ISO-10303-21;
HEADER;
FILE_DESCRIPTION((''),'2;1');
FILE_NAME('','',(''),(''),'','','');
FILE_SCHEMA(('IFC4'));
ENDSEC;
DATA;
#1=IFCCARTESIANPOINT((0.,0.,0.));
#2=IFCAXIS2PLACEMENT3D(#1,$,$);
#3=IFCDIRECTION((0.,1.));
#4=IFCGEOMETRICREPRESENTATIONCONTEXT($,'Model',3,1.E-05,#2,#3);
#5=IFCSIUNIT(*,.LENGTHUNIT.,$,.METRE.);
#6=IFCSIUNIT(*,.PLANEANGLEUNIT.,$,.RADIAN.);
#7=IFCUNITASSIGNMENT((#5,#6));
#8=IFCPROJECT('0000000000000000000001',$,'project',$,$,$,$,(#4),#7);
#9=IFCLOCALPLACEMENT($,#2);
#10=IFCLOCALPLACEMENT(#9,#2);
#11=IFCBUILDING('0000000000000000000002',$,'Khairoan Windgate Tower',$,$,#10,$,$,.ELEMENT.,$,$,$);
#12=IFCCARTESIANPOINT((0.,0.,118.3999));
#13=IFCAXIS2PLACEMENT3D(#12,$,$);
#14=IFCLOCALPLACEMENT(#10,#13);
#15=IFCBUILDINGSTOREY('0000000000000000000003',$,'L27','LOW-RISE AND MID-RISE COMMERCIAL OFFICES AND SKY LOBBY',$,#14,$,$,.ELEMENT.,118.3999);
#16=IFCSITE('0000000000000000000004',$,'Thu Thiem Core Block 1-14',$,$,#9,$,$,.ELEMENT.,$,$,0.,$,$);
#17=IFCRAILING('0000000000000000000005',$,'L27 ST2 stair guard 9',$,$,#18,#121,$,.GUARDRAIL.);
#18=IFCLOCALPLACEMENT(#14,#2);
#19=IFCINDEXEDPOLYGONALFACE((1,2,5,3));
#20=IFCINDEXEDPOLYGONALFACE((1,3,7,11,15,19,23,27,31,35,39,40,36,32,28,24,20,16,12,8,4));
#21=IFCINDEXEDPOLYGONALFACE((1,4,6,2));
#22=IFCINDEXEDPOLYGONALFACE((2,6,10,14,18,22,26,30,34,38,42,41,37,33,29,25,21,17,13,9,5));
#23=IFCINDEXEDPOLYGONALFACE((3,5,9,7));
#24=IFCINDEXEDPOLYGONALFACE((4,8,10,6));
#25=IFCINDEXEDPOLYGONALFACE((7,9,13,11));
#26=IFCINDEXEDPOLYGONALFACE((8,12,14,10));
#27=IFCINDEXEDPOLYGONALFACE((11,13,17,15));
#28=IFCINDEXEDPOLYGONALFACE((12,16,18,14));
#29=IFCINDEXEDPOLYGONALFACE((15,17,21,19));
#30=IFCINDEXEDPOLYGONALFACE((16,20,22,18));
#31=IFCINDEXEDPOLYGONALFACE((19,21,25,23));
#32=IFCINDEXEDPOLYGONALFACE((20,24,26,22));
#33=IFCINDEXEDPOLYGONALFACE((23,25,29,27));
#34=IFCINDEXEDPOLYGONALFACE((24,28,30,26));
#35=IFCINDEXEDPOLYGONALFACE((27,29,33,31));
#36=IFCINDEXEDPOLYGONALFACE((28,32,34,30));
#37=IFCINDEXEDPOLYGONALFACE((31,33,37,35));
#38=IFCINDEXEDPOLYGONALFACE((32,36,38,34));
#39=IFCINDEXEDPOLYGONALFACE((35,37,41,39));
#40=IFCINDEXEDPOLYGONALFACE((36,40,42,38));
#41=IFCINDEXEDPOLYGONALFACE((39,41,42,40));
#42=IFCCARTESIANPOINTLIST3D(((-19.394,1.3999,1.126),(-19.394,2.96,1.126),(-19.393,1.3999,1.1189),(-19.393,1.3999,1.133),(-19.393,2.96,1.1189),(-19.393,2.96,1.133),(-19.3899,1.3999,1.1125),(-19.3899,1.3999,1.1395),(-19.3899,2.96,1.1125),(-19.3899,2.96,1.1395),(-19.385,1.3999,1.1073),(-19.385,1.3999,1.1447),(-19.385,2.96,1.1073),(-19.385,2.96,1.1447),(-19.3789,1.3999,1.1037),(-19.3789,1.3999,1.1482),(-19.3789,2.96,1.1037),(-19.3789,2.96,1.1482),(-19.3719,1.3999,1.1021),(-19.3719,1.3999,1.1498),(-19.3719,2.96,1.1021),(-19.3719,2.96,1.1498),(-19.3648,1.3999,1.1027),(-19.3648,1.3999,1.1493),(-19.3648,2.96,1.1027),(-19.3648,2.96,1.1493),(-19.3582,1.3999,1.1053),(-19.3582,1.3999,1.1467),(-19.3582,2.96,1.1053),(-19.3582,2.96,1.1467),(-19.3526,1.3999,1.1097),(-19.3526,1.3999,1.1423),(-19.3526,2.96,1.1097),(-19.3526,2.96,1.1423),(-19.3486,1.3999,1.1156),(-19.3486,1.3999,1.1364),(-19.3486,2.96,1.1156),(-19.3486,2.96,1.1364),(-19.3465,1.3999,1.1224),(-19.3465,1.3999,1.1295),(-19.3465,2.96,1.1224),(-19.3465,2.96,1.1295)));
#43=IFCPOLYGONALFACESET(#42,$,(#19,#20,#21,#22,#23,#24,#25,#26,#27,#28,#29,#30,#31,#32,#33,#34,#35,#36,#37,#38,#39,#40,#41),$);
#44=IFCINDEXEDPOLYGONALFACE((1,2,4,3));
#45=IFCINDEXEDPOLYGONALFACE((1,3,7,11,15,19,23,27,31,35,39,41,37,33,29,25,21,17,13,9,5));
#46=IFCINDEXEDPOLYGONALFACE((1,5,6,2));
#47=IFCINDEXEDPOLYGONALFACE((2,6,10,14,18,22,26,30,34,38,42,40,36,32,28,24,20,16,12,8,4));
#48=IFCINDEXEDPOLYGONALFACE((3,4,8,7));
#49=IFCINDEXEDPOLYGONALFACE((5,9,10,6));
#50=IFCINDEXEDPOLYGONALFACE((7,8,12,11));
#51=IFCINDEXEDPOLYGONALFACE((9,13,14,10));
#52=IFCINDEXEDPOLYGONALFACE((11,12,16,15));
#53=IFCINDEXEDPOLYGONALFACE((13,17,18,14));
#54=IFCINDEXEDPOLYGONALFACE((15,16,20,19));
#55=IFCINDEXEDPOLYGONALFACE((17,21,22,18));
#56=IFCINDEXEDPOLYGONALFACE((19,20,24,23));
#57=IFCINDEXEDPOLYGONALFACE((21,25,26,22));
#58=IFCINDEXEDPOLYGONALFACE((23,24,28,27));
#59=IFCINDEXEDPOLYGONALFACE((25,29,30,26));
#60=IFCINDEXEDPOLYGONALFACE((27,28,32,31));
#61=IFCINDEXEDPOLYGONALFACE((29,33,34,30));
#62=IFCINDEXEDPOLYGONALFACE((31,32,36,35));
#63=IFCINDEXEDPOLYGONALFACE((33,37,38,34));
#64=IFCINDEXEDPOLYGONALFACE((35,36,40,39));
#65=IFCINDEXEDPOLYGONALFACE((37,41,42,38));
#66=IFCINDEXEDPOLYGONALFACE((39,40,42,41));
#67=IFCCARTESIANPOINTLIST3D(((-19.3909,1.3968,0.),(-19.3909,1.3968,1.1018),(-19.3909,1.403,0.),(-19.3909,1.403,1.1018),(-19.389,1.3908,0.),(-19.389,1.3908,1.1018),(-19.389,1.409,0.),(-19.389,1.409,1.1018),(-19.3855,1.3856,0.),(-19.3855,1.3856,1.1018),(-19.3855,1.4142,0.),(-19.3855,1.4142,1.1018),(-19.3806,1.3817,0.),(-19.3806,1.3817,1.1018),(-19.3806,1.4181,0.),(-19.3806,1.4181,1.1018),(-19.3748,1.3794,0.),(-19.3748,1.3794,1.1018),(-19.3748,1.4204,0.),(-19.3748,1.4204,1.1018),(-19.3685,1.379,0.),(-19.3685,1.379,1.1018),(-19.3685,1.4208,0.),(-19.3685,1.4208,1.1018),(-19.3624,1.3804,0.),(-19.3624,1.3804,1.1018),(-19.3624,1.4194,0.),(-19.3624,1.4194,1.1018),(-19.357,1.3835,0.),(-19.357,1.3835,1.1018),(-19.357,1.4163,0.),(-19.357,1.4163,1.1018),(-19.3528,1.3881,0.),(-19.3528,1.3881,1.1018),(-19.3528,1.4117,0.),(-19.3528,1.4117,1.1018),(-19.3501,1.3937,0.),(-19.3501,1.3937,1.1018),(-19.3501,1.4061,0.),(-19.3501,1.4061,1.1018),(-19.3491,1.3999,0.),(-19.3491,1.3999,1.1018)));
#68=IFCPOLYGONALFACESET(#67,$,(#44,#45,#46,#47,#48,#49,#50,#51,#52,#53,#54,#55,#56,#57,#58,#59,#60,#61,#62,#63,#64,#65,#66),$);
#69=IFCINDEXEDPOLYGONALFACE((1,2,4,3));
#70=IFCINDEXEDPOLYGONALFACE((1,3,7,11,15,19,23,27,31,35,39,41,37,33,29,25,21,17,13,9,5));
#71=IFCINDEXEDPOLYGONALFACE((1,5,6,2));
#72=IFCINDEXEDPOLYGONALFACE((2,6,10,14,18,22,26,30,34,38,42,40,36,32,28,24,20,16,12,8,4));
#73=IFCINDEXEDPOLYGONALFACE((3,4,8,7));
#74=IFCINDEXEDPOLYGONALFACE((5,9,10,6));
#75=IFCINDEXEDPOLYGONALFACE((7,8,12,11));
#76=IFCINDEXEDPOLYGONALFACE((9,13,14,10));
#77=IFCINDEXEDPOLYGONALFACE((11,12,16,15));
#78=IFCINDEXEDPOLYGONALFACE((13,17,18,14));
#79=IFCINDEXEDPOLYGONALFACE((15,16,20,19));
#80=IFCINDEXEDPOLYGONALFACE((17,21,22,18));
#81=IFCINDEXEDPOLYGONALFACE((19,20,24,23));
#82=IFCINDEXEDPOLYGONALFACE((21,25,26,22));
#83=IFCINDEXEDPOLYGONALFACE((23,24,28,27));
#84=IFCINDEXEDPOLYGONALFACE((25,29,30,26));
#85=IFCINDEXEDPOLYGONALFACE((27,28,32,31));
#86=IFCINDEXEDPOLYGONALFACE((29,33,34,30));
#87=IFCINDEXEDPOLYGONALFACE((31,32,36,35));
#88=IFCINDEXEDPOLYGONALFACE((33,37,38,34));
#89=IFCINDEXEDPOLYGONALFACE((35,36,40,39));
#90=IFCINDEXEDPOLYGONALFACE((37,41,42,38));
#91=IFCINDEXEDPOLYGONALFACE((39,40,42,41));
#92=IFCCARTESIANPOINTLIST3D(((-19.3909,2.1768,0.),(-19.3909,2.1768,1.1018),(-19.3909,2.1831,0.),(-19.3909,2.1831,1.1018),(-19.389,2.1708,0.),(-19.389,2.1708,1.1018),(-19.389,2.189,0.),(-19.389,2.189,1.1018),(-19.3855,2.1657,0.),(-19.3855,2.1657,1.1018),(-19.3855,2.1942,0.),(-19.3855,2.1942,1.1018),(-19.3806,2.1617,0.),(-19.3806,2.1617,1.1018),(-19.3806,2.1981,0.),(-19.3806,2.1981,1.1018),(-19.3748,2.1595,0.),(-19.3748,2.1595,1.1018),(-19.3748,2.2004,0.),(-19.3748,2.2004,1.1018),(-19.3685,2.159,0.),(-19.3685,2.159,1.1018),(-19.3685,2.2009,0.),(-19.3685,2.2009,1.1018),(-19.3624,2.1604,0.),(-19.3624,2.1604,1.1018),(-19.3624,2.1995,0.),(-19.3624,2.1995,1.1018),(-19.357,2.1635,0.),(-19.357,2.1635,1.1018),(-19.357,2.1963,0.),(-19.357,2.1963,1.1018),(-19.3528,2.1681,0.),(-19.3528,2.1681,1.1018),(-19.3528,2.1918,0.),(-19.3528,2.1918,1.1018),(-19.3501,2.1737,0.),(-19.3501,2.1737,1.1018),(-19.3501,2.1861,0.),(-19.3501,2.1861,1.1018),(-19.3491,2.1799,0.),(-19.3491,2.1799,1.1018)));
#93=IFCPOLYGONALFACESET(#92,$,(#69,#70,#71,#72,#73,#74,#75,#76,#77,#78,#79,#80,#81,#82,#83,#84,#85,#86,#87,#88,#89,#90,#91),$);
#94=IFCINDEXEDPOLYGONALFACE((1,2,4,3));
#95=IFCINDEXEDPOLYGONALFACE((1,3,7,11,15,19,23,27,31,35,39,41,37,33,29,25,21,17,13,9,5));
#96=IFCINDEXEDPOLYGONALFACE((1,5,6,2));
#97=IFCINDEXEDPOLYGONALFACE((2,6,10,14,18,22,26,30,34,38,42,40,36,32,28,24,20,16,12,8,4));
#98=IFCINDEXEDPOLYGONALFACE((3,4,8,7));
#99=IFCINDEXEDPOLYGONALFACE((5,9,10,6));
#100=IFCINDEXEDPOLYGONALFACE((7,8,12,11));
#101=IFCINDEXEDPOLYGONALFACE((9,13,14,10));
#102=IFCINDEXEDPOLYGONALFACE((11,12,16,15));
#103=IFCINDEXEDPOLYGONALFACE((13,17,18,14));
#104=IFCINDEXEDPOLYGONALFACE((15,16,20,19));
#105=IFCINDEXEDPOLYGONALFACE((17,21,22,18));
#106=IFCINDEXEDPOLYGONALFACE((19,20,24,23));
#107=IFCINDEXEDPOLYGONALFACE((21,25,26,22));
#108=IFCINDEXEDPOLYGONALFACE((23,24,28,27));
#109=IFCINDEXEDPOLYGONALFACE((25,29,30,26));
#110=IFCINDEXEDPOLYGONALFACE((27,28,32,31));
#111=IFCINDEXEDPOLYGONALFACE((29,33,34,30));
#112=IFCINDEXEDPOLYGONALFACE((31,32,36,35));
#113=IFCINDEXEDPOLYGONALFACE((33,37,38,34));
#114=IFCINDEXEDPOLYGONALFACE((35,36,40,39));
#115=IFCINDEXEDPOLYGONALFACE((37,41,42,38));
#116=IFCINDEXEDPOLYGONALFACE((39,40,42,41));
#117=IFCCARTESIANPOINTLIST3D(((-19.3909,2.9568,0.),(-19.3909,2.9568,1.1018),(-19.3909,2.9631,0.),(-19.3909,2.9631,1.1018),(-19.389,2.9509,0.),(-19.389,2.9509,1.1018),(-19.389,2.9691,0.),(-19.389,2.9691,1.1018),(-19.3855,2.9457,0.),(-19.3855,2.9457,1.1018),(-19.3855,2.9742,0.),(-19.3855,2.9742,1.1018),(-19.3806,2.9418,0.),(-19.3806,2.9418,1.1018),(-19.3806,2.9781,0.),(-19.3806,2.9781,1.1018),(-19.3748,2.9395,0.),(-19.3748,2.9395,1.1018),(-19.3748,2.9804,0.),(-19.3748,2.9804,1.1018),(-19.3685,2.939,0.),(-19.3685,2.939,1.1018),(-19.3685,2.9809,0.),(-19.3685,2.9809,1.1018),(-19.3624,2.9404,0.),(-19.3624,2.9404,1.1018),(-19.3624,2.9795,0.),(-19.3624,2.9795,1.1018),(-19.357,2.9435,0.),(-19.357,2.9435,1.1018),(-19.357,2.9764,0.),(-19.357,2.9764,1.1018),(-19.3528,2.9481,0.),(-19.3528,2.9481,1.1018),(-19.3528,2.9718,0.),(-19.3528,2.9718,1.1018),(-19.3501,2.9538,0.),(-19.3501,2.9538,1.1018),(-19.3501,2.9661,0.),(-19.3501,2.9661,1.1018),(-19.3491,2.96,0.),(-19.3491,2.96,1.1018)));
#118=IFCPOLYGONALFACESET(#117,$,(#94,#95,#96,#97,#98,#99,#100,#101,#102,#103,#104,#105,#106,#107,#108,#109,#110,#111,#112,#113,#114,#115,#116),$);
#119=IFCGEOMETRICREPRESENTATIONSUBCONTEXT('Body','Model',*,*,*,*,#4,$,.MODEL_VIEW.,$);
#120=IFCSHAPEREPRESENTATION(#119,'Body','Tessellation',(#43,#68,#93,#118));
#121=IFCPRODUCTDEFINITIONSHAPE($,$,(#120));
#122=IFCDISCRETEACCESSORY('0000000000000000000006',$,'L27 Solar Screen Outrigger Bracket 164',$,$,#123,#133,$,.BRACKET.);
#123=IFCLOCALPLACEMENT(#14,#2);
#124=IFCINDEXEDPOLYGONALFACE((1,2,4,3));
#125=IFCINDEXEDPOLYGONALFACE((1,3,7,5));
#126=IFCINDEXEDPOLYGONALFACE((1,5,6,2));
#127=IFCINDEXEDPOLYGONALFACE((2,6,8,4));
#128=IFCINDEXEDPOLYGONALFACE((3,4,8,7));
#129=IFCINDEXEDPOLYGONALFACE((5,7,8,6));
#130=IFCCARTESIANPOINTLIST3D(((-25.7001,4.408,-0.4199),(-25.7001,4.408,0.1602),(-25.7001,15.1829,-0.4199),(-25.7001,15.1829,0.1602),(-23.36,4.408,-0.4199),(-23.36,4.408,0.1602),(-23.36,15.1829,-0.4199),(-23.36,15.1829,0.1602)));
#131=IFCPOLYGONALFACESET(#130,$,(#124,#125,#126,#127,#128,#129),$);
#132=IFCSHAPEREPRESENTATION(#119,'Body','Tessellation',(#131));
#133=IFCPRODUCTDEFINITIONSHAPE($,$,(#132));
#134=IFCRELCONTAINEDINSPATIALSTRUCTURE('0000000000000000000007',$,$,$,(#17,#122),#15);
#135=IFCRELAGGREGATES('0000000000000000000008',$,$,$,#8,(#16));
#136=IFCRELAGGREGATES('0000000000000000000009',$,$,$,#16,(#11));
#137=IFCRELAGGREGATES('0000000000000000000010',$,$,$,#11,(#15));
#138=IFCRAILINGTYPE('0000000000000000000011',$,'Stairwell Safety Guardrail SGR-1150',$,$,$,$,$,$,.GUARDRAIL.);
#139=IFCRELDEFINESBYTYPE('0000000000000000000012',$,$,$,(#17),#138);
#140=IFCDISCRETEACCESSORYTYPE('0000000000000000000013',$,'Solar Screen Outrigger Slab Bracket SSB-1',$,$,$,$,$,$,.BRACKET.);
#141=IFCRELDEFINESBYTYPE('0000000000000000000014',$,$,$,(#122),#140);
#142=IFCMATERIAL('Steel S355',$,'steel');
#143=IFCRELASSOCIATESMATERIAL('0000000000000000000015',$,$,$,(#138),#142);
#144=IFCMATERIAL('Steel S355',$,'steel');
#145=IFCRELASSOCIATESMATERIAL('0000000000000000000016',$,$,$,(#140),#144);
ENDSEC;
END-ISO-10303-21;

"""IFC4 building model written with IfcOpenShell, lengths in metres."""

from ifc_helpers import new_model, si_unit, direction, frame, origin, origin_2d, place, context, subcontext, project, spatial, rectangle, circle, extrude, material, type_object, element, save


model = new_model("IFC4")

# Units and contexts
model_context = context("Model", 3, precision=1e-05, world=origin(), true_north=direction((0.0, 1.0)))
body_context = subcontext(model_context, "Body", "Model", "MODEL_VIEW")
ifc_project = project(units=[si_unit("LENGTHUNIT", "METRE"), si_unit("PLANEANGLEUNIT", "RADIAN")], contexts=[model_context])

# Site, building, storey
site_placement = place(None, origin())
site = spatial("IfcSite", under=ifc_project, at=site_placement, Name="Thu Thiem Core Block 1-14", CompositionType="ELEMENT", RefElevation=0.0)
building_placement = place(site_placement, origin())
building = spatial("IfcBuilding", under=site, at=building_placement, Name="Khairoan Windgate Tower", CompositionType="ELEMENT")
storey_placement = place(building_placement, frame((0.0, 0.0, 118.3999)))
storey = spatial("IfcBuildingStorey", under=building, at=storey_placement, Name="L27", Description="LOW-RISE AND MID-RISE COMMERCIAL OFFICES AND SKY LOBBY", CompositionType="ELEMENT", Elevation=118.3999)

# Railing
ifc_material_1 = material(Name="Steel S355", Category="steel")
railing_type_1 = type_object("IfcRailingType", Name="Stairwell Safety Guardrail SGR-1150", PredefinedType="GUARDRAIL", material=ifc_material_1)
for number, where, name in (
    (1, (-19.3701, 1.3999, 0.0), "L27 ST2 stair guard 9"),
):
    element("IfcRailing", number, at=place(storey_placement, frame(where)), inside=storey, type_object=railing_type_1, Name=name, PredefinedType="GUARDRAIL", context=body_context, shape_type="SweptSolid", body=[
        extrude(circle(Radius=0.0239, at=origin_2d()), frame((0.0, 0.0, 1.126), z_axis=(0.0, 1.0, 0.0), x_axis=(-1.0, 0.0, 0.0)), (0.0, 0.0, 1.0), 1.5601),
        extrude(circle(Radius=0.021, at=origin_2d()), origin(), (0.0, 0.0, 1.0), 1.1018),
        extrude(circle(Radius=0.021, at=origin_2d()), frame((0.0, 0.78, 0.0)), (0.0, 0.0, 1.0), 1.1018),
        extrude(circle(Radius=0.021, at=origin_2d()), frame((0.0, 1.5601, 0.0)), (0.0, 0.0, 1.0), 1.1018),
    ])

# Discrete accessory
ifc_material_2 = material(Name="Steel S355", Category="steel")
discrete_accessory_type = type_object("IfcDiscreteAccessoryType", Name="Solar Screen Outrigger Slab Bracket SSB-1", PredefinedType="BRACKET", material=ifc_material_2)
discrete_accessory_placement = place(storey_placement, frame((-24.53, 9.7954, -0.4199), z_axis=(0.0, 0.0, 1.0), x_axis=(0.0, 1.0, 0.0)))
element("IfcDiscreteAccessory", 2, at=discrete_accessory_placement, inside=storey, type_object=discrete_accessory_type, Name="L27 Solar Screen Outrigger Bracket 164", PredefinedType="BRACKET", context=body_context, shape_type="SweptSolid", body=[
    extrude(rectangle(XDim=10.7749, YDim=2.3401, at=origin_2d()), origin(), (0.0, 0.0, 1.0), 0.5801),
])

save(model, "model.ifc")
